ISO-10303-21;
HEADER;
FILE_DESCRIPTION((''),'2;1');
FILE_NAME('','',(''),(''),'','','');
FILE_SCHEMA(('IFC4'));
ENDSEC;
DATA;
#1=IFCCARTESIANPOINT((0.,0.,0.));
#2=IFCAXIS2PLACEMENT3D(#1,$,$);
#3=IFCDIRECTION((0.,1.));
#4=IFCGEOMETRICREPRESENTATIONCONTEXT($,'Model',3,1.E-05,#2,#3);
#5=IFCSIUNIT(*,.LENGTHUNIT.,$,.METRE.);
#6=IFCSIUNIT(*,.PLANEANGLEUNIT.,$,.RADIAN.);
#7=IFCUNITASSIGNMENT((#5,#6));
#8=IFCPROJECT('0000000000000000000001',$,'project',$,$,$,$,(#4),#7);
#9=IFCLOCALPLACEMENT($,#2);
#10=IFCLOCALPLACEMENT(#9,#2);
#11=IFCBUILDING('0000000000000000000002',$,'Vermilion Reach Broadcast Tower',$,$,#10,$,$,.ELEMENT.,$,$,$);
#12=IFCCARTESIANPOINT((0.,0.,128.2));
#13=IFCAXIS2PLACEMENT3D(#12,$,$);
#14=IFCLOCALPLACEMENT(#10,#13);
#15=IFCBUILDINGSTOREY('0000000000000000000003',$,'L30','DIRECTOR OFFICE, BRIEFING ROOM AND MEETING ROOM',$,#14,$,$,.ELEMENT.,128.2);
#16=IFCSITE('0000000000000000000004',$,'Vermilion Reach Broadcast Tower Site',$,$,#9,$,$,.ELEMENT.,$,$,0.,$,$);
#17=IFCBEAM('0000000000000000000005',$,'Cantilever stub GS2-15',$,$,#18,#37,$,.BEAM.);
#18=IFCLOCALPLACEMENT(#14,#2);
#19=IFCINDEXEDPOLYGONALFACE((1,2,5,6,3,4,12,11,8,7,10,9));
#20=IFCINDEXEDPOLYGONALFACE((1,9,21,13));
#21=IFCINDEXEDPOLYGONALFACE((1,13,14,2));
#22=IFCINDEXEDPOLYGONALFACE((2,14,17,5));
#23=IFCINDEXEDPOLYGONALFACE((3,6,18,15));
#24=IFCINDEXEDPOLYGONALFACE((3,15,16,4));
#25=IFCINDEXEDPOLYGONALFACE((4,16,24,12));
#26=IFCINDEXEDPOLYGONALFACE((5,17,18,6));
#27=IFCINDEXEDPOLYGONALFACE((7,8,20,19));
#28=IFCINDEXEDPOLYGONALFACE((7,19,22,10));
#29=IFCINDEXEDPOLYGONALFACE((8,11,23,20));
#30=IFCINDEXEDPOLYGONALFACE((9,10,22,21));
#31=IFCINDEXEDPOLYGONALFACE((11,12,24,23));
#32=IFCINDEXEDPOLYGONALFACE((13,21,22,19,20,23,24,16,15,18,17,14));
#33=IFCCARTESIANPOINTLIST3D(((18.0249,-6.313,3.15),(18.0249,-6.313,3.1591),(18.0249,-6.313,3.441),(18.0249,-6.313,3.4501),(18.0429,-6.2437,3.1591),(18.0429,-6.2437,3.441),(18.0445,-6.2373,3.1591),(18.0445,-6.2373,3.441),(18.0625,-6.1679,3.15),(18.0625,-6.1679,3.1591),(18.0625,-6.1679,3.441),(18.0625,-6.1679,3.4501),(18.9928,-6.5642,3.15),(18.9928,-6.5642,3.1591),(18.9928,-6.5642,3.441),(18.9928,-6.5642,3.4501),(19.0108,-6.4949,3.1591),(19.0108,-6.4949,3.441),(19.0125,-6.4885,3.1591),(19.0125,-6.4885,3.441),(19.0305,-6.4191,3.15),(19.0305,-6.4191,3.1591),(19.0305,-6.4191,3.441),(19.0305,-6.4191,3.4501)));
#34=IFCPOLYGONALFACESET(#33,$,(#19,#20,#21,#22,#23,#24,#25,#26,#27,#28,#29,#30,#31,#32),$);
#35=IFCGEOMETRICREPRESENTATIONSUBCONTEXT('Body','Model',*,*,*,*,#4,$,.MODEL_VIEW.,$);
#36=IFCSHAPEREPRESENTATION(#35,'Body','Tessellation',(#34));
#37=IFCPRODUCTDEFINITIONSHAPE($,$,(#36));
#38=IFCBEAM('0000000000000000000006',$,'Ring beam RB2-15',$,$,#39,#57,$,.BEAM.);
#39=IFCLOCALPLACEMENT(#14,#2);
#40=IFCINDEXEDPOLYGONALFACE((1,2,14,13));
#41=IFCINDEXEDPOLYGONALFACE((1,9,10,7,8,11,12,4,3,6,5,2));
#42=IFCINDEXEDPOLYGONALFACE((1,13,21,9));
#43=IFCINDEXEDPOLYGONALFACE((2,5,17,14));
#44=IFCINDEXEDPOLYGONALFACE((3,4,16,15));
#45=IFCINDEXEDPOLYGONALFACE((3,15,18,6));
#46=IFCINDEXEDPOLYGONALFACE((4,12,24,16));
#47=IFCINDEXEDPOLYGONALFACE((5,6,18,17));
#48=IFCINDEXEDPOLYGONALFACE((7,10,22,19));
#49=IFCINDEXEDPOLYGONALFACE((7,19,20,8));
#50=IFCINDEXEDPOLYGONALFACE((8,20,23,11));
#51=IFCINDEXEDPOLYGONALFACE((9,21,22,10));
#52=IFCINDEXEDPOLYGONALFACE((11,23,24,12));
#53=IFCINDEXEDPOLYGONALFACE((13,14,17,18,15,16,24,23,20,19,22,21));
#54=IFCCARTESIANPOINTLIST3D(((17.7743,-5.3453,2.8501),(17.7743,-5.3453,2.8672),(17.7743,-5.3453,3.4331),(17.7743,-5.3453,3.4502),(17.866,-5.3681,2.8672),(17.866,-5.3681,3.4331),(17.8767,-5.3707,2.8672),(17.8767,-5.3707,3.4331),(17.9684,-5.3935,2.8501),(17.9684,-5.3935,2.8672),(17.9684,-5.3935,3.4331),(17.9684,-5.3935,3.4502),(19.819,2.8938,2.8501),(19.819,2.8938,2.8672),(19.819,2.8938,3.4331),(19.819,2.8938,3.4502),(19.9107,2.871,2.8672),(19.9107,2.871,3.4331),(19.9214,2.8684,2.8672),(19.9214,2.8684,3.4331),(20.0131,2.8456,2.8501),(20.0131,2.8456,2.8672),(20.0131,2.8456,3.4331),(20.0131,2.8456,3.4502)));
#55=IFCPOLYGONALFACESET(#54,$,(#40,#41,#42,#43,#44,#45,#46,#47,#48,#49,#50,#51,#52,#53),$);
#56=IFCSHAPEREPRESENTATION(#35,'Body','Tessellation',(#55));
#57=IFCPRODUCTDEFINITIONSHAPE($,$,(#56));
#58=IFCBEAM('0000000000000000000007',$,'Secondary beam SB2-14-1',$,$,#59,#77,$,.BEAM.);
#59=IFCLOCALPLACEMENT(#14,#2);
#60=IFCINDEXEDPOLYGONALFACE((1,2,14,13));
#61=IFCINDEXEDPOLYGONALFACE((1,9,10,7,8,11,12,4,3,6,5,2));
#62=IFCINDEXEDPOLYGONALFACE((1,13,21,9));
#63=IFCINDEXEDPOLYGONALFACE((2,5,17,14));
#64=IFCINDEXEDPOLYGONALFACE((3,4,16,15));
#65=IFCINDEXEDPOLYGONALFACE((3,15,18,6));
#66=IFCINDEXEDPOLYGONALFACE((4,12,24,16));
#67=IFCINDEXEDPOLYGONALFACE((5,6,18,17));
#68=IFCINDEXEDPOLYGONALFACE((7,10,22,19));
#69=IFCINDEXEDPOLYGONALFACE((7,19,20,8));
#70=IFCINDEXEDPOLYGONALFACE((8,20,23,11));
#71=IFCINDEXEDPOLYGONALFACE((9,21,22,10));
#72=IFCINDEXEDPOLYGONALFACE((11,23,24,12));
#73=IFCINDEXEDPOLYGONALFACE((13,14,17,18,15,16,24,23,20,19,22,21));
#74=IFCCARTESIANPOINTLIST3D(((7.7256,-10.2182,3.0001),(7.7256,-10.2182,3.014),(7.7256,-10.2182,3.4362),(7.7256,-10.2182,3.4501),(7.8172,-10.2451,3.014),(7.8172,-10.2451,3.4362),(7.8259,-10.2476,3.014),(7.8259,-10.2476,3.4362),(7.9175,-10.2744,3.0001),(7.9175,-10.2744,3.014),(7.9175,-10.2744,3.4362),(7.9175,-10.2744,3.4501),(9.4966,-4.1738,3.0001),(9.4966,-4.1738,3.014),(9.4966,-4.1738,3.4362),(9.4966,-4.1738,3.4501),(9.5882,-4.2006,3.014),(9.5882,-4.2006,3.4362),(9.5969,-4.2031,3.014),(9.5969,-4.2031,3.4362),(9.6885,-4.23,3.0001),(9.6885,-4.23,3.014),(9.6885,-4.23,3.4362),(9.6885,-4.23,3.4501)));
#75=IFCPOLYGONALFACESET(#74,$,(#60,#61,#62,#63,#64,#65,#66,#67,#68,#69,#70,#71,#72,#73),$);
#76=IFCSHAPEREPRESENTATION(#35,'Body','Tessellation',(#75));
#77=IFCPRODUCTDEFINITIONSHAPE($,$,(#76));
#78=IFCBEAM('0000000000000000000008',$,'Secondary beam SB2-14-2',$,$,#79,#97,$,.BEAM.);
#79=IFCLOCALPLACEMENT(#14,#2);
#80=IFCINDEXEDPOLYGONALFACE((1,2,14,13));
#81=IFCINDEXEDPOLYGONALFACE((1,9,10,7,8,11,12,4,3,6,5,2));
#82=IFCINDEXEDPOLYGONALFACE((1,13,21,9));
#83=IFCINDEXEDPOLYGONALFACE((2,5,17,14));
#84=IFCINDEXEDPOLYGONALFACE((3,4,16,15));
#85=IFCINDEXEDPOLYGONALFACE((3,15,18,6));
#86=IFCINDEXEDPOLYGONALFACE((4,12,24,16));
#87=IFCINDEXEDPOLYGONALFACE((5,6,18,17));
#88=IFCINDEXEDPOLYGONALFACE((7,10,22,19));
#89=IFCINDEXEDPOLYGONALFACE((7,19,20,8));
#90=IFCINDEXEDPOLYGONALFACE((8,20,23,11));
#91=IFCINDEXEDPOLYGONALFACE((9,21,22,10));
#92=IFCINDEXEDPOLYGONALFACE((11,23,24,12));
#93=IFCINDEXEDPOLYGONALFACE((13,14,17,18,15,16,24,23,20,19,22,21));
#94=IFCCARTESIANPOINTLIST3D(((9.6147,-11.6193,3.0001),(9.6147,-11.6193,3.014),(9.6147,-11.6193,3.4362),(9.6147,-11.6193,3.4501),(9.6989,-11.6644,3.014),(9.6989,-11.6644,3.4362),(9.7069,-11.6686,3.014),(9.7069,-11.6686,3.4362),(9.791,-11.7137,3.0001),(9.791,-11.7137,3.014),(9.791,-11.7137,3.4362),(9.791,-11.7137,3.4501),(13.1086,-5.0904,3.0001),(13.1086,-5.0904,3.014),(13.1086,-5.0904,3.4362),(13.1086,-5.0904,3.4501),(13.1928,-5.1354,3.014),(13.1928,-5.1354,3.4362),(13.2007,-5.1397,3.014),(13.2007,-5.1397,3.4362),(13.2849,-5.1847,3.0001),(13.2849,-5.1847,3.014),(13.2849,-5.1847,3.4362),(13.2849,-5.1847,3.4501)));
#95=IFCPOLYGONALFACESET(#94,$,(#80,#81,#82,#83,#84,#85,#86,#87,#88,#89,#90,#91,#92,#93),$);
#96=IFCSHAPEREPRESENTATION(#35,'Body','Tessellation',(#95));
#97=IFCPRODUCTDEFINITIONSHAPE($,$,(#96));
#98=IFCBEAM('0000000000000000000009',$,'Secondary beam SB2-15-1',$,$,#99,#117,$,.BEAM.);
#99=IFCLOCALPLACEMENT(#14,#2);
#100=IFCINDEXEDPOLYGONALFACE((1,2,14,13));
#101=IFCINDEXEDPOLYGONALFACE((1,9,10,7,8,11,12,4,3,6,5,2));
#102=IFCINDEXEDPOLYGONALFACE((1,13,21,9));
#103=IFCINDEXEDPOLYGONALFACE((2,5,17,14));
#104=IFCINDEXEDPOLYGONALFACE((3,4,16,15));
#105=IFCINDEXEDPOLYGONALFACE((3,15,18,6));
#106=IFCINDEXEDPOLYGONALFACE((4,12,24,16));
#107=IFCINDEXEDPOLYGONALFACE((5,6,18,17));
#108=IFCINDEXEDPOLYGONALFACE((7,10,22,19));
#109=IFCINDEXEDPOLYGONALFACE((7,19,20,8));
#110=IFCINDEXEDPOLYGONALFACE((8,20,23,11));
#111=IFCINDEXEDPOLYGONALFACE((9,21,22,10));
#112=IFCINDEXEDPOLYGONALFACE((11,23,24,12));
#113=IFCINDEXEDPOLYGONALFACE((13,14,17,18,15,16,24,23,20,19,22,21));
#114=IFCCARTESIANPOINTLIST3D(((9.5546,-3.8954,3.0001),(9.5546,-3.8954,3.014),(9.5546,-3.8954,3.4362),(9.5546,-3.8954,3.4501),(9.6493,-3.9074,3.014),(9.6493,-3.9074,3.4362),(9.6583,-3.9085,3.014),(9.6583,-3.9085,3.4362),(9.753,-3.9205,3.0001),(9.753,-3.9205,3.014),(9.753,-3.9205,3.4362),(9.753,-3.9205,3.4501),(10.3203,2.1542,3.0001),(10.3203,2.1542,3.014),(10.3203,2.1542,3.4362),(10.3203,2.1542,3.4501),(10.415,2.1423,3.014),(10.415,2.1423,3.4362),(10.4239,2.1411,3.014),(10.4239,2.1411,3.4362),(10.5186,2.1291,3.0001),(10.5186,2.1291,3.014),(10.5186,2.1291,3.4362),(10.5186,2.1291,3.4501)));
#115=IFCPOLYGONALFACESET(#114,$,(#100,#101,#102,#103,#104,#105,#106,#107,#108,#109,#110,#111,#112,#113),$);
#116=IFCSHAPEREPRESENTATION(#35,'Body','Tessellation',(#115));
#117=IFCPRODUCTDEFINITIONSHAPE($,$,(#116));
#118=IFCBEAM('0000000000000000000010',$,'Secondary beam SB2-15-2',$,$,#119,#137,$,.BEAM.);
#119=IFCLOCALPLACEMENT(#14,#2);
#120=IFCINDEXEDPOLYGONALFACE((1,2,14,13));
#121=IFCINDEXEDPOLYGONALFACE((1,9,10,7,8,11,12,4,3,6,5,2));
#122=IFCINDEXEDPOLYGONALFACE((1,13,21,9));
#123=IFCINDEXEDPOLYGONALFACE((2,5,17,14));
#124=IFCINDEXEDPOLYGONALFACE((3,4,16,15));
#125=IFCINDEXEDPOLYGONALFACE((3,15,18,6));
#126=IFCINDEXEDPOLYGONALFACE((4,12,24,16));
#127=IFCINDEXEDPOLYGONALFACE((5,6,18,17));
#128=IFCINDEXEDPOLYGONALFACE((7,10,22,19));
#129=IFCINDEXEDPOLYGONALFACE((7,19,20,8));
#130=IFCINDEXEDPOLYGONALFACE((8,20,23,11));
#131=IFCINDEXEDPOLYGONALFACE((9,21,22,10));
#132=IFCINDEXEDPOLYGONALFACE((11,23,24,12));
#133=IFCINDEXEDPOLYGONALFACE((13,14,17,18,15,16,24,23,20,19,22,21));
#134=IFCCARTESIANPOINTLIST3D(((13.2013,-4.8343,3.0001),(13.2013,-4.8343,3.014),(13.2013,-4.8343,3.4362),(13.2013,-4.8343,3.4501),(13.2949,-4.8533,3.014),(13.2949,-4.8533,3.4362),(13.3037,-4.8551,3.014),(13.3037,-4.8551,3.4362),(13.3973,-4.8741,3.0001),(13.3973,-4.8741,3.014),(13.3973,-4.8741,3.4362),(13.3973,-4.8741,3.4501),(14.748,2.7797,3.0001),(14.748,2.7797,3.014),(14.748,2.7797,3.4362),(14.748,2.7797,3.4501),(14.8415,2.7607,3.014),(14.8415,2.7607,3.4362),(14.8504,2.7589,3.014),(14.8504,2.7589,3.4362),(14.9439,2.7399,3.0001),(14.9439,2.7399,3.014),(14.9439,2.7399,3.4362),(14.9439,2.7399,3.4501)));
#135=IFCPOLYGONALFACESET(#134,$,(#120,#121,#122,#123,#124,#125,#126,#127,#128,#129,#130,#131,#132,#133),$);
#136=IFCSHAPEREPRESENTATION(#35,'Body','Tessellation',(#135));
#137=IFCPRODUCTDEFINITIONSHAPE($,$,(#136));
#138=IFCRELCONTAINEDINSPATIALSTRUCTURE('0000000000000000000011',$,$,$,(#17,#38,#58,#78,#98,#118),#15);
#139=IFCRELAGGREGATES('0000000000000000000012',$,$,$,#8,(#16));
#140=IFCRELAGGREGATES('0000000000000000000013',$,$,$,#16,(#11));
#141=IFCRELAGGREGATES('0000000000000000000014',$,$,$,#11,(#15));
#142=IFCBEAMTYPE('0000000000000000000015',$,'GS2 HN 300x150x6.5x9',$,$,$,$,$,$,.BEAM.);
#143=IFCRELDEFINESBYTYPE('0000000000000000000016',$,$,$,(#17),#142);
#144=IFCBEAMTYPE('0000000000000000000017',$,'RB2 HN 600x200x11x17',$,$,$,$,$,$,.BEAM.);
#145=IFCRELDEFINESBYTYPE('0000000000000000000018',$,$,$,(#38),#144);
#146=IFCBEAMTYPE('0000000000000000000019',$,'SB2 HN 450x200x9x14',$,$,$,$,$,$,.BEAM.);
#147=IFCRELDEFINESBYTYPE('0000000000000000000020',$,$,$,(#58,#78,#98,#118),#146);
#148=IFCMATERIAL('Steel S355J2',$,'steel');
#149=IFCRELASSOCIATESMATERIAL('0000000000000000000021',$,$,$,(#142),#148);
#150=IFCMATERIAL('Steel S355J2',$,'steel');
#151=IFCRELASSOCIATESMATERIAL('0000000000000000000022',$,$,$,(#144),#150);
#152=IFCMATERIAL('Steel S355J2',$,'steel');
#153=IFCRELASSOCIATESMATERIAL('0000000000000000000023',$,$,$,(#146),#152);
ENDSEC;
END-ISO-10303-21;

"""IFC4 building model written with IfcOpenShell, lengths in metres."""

from ifc_helpers import new_model, si_unit, direction, frame, origin, origin_2d, place, context, subcontext, project, spatial, i_section, extrude, material, material_profile, profile_set, type_object, element, save


model = new_model("IFC4")

# Units and contexts
model_context = context("Model", 3, precision=1e-05, world=origin(), true_north=direction((0.0, 1.0)))
body_context = subcontext(model_context, "Body", "Model", "MODEL_VIEW")
ifc_project = project(units=[si_unit("LENGTHUNIT", "METRE"), si_unit("PLANEANGLEUNIT", "RADIAN")], contexts=[model_context])

# Site, building, storey
site_placement = place(None, origin())
site = spatial("IfcSite", under=ifc_project, at=site_placement, Name="Vermilion Reach Broadcast Tower Site", CompositionType="ELEMENT", RefElevation=0.0)
building_placement = place(site_placement, origin())
building = spatial("IfcBuilding", under=site, at=building_placement, Name="Vermilion Reach Broadcast Tower", CompositionType="ELEMENT")
storey_placement = place(building_placement, frame((0.0, 0.0, 128.2)))
storey = spatial("IfcBuildingStorey", under=building, at=storey_placement, Name="L30", Description="DIRECTOR OFFICE, BRIEFING ROOM AND MEETING ROOM", CompositionType="ELEMENT", Elevation=128.2)

# Beams
ifc_material_1 = material(Name="Steel S355J2", Category="steel")
ifc_material_profile_1 = material_profile(ifc_material_1, i_section(OverallWidth=0.1499, OverallDepth=0.3, WebThickness=0.0066, FlangeThickness=0.009, at=origin_2d()), Name="S355J2 HN 300x150x6.5x9")
ifc_profile_set_1 = profile_set([ifc_material_profile_1], Name="Steel S355J2")
beam_type_1 = type_object("IfcBeamType", Name="GS2 HN 300x150x6.5x9", PredefinedType="BEAM", material=ifc_profile_set_1)
beam_1_placement = place(storey_placement, frame((18.0437, -6.2405, 3.3), z_axis=(0.967935, -0.251199, 0.0), x_axis=(0.251199, 0.967935, 0.0)))
element("IfcBeam", 1, at=beam_1_placement, inside=storey, type_object=beam_type_1, Name="Cantilever stub GS2-15", PredefinedType="BEAM", context=body_context, shape_type="SweptSolid", body=[
    extrude(i_section(OverallWidth=0.1499, OverallDepth=0.3, WebThickness=0.0066, FlangeThickness=0.009, at=origin_2d()), origin(), (0.0, 0.0, 1.0), 1.0),
])
ifc_material_2 = material(Name="Steel S355J2", Category="steel")
ifc_material_profile_2 = material_profile(ifc_material_2, i_section(OverallWidth=0.2, OverallDepth=0.6001, WebThickness=0.011, FlangeThickness=0.0171, at=origin_2d()), Name="S355J2 HN 600x200x11x17")
ifc_profile_set_2 = profile_set([ifc_material_profile_2], Name="Steel S355J2")
beam_type_2 = type_object("IfcBeamType", Name="RB2 HN 600x200x11x17", PredefinedType="BEAM", material=ifc_profile_set_2)
beam_2_placement = place(storey_placement, frame((17.8713, -5.3694, 3.1501), z_axis=(0.240864, 0.970559, 0.0), x_axis=(-0.970559, 0.240864, 0.0)))
element("IfcBeam", 2, at=beam_2_placement, inside=storey, type_object=beam_type_2, Name="Ring beam RB2-15", PredefinedType="BEAM", context=body_context, shape_type="SweptSolid", body=[
    extrude(i_section(OverallWidth=0.2, OverallDepth=0.6001, WebThickness=0.011, FlangeThickness=0.0171, at=origin_2d()), origin(), (0.0, 0.0, 1.0), 8.489),
])
ifc_material_3 = material(Name="Steel S355J2", Category="steel")
ifc_material_profile_3 = material_profile(ifc_material_3, i_section(OverallWidth=0.2, OverallDepth=0.45, WebThickness=0.009, FlangeThickness=0.0139, at=origin_2d()), Name="S355J2 HN 450x200x9x14")
ifc_profile_set_3 = profile_set([ifc_material_profile_3], Name="Steel S355J2")
beam_type_3 = type_object("IfcBeamType", Name="SB2 HN 450x200x9x14", PredefinedType="BEAM", material=ifc_profile_set_3)
beam_3_placement = place(storey_placement, frame((7.8215, -10.2463, 3.2251), z_axis=(0.281176, 0.959656, 0.0), x_axis=(-0.959656, 0.281176, 0.0)))
element("IfcBeam", 3, at=beam_3_placement, inside=storey, type_object=beam_type_3, Name="Secondary beam SB2-14-1", PredefinedType="BEAM", context=body_context, shape_type="SweptSolid", body=[
    extrude(i_section(OverallWidth=0.2, OverallDepth=0.45, WebThickness=0.009, FlangeThickness=0.0139, at=origin_2d()), origin(), (0.0, 0.0, 1.0), 6.2986),
])
beam_4_placement = place(storey_placement, frame((9.7029, -11.6665, 3.2251), z_axis=(0.471822, 0.881694, 0.0), x_axis=(-0.881694, 0.471822, 0.0)))
element("IfcBeam", 4, at=beam_4_placement, inside=storey, type_object=beam_type_3, Name="Secondary beam SB2-14-2", PredefinedType="BEAM", context=body_context, shape_type="SweptSolid", body=[
    extrude(i_section(OverallWidth=0.2, OverallDepth=0.45, WebThickness=0.009, FlangeThickness=0.0139, at=origin_2d()), origin(), (0.0, 0.0, 1.0), 7.405),
])
beam_5_placement = place(storey_placement, frame((9.6538, -3.908, 3.2251), z_axis=(0.125557, 0.992086, 0.0), x_axis=(-0.992086, 0.125557, 0.0)))
element("IfcBeam", 5, at=beam_5_placement, inside=storey, type_object=beam_type_3, Name="Secondary beam SB2-15-1", PredefinedType="BEAM", context=body_context, shape_type="SweptSolid", body=[
    extrude(i_section(OverallWidth=0.2, OverallDepth=0.45, WebThickness=0.009, FlangeThickness=0.0139, at=origin_2d()), origin(), (0.0, 0.0, 1.0), 6.0979),
])
beam_6_placement = place(storey_placement, frame((13.2993, -4.8542, 3.2251), z_axis=(0.199064, 0.979986, 0.0), x_axis=(-0.979986, 0.199064, 0.0)))
element("IfcBeam", 6, at=beam_6_placement, inside=storey, type_object=beam_type_3, Name="Secondary beam SB2-15-2", PredefinedType="BEAM", context=body_context, shape_type="SweptSolid", body=[
    extrude(i_section(OverallWidth=0.2, OverallDepth=0.45, WebThickness=0.009, FlangeThickness=0.0139, at=origin_2d()), origin(), (0.0, 0.0, 1.0), 7.7695),
])

save(model, "model.ifc")
